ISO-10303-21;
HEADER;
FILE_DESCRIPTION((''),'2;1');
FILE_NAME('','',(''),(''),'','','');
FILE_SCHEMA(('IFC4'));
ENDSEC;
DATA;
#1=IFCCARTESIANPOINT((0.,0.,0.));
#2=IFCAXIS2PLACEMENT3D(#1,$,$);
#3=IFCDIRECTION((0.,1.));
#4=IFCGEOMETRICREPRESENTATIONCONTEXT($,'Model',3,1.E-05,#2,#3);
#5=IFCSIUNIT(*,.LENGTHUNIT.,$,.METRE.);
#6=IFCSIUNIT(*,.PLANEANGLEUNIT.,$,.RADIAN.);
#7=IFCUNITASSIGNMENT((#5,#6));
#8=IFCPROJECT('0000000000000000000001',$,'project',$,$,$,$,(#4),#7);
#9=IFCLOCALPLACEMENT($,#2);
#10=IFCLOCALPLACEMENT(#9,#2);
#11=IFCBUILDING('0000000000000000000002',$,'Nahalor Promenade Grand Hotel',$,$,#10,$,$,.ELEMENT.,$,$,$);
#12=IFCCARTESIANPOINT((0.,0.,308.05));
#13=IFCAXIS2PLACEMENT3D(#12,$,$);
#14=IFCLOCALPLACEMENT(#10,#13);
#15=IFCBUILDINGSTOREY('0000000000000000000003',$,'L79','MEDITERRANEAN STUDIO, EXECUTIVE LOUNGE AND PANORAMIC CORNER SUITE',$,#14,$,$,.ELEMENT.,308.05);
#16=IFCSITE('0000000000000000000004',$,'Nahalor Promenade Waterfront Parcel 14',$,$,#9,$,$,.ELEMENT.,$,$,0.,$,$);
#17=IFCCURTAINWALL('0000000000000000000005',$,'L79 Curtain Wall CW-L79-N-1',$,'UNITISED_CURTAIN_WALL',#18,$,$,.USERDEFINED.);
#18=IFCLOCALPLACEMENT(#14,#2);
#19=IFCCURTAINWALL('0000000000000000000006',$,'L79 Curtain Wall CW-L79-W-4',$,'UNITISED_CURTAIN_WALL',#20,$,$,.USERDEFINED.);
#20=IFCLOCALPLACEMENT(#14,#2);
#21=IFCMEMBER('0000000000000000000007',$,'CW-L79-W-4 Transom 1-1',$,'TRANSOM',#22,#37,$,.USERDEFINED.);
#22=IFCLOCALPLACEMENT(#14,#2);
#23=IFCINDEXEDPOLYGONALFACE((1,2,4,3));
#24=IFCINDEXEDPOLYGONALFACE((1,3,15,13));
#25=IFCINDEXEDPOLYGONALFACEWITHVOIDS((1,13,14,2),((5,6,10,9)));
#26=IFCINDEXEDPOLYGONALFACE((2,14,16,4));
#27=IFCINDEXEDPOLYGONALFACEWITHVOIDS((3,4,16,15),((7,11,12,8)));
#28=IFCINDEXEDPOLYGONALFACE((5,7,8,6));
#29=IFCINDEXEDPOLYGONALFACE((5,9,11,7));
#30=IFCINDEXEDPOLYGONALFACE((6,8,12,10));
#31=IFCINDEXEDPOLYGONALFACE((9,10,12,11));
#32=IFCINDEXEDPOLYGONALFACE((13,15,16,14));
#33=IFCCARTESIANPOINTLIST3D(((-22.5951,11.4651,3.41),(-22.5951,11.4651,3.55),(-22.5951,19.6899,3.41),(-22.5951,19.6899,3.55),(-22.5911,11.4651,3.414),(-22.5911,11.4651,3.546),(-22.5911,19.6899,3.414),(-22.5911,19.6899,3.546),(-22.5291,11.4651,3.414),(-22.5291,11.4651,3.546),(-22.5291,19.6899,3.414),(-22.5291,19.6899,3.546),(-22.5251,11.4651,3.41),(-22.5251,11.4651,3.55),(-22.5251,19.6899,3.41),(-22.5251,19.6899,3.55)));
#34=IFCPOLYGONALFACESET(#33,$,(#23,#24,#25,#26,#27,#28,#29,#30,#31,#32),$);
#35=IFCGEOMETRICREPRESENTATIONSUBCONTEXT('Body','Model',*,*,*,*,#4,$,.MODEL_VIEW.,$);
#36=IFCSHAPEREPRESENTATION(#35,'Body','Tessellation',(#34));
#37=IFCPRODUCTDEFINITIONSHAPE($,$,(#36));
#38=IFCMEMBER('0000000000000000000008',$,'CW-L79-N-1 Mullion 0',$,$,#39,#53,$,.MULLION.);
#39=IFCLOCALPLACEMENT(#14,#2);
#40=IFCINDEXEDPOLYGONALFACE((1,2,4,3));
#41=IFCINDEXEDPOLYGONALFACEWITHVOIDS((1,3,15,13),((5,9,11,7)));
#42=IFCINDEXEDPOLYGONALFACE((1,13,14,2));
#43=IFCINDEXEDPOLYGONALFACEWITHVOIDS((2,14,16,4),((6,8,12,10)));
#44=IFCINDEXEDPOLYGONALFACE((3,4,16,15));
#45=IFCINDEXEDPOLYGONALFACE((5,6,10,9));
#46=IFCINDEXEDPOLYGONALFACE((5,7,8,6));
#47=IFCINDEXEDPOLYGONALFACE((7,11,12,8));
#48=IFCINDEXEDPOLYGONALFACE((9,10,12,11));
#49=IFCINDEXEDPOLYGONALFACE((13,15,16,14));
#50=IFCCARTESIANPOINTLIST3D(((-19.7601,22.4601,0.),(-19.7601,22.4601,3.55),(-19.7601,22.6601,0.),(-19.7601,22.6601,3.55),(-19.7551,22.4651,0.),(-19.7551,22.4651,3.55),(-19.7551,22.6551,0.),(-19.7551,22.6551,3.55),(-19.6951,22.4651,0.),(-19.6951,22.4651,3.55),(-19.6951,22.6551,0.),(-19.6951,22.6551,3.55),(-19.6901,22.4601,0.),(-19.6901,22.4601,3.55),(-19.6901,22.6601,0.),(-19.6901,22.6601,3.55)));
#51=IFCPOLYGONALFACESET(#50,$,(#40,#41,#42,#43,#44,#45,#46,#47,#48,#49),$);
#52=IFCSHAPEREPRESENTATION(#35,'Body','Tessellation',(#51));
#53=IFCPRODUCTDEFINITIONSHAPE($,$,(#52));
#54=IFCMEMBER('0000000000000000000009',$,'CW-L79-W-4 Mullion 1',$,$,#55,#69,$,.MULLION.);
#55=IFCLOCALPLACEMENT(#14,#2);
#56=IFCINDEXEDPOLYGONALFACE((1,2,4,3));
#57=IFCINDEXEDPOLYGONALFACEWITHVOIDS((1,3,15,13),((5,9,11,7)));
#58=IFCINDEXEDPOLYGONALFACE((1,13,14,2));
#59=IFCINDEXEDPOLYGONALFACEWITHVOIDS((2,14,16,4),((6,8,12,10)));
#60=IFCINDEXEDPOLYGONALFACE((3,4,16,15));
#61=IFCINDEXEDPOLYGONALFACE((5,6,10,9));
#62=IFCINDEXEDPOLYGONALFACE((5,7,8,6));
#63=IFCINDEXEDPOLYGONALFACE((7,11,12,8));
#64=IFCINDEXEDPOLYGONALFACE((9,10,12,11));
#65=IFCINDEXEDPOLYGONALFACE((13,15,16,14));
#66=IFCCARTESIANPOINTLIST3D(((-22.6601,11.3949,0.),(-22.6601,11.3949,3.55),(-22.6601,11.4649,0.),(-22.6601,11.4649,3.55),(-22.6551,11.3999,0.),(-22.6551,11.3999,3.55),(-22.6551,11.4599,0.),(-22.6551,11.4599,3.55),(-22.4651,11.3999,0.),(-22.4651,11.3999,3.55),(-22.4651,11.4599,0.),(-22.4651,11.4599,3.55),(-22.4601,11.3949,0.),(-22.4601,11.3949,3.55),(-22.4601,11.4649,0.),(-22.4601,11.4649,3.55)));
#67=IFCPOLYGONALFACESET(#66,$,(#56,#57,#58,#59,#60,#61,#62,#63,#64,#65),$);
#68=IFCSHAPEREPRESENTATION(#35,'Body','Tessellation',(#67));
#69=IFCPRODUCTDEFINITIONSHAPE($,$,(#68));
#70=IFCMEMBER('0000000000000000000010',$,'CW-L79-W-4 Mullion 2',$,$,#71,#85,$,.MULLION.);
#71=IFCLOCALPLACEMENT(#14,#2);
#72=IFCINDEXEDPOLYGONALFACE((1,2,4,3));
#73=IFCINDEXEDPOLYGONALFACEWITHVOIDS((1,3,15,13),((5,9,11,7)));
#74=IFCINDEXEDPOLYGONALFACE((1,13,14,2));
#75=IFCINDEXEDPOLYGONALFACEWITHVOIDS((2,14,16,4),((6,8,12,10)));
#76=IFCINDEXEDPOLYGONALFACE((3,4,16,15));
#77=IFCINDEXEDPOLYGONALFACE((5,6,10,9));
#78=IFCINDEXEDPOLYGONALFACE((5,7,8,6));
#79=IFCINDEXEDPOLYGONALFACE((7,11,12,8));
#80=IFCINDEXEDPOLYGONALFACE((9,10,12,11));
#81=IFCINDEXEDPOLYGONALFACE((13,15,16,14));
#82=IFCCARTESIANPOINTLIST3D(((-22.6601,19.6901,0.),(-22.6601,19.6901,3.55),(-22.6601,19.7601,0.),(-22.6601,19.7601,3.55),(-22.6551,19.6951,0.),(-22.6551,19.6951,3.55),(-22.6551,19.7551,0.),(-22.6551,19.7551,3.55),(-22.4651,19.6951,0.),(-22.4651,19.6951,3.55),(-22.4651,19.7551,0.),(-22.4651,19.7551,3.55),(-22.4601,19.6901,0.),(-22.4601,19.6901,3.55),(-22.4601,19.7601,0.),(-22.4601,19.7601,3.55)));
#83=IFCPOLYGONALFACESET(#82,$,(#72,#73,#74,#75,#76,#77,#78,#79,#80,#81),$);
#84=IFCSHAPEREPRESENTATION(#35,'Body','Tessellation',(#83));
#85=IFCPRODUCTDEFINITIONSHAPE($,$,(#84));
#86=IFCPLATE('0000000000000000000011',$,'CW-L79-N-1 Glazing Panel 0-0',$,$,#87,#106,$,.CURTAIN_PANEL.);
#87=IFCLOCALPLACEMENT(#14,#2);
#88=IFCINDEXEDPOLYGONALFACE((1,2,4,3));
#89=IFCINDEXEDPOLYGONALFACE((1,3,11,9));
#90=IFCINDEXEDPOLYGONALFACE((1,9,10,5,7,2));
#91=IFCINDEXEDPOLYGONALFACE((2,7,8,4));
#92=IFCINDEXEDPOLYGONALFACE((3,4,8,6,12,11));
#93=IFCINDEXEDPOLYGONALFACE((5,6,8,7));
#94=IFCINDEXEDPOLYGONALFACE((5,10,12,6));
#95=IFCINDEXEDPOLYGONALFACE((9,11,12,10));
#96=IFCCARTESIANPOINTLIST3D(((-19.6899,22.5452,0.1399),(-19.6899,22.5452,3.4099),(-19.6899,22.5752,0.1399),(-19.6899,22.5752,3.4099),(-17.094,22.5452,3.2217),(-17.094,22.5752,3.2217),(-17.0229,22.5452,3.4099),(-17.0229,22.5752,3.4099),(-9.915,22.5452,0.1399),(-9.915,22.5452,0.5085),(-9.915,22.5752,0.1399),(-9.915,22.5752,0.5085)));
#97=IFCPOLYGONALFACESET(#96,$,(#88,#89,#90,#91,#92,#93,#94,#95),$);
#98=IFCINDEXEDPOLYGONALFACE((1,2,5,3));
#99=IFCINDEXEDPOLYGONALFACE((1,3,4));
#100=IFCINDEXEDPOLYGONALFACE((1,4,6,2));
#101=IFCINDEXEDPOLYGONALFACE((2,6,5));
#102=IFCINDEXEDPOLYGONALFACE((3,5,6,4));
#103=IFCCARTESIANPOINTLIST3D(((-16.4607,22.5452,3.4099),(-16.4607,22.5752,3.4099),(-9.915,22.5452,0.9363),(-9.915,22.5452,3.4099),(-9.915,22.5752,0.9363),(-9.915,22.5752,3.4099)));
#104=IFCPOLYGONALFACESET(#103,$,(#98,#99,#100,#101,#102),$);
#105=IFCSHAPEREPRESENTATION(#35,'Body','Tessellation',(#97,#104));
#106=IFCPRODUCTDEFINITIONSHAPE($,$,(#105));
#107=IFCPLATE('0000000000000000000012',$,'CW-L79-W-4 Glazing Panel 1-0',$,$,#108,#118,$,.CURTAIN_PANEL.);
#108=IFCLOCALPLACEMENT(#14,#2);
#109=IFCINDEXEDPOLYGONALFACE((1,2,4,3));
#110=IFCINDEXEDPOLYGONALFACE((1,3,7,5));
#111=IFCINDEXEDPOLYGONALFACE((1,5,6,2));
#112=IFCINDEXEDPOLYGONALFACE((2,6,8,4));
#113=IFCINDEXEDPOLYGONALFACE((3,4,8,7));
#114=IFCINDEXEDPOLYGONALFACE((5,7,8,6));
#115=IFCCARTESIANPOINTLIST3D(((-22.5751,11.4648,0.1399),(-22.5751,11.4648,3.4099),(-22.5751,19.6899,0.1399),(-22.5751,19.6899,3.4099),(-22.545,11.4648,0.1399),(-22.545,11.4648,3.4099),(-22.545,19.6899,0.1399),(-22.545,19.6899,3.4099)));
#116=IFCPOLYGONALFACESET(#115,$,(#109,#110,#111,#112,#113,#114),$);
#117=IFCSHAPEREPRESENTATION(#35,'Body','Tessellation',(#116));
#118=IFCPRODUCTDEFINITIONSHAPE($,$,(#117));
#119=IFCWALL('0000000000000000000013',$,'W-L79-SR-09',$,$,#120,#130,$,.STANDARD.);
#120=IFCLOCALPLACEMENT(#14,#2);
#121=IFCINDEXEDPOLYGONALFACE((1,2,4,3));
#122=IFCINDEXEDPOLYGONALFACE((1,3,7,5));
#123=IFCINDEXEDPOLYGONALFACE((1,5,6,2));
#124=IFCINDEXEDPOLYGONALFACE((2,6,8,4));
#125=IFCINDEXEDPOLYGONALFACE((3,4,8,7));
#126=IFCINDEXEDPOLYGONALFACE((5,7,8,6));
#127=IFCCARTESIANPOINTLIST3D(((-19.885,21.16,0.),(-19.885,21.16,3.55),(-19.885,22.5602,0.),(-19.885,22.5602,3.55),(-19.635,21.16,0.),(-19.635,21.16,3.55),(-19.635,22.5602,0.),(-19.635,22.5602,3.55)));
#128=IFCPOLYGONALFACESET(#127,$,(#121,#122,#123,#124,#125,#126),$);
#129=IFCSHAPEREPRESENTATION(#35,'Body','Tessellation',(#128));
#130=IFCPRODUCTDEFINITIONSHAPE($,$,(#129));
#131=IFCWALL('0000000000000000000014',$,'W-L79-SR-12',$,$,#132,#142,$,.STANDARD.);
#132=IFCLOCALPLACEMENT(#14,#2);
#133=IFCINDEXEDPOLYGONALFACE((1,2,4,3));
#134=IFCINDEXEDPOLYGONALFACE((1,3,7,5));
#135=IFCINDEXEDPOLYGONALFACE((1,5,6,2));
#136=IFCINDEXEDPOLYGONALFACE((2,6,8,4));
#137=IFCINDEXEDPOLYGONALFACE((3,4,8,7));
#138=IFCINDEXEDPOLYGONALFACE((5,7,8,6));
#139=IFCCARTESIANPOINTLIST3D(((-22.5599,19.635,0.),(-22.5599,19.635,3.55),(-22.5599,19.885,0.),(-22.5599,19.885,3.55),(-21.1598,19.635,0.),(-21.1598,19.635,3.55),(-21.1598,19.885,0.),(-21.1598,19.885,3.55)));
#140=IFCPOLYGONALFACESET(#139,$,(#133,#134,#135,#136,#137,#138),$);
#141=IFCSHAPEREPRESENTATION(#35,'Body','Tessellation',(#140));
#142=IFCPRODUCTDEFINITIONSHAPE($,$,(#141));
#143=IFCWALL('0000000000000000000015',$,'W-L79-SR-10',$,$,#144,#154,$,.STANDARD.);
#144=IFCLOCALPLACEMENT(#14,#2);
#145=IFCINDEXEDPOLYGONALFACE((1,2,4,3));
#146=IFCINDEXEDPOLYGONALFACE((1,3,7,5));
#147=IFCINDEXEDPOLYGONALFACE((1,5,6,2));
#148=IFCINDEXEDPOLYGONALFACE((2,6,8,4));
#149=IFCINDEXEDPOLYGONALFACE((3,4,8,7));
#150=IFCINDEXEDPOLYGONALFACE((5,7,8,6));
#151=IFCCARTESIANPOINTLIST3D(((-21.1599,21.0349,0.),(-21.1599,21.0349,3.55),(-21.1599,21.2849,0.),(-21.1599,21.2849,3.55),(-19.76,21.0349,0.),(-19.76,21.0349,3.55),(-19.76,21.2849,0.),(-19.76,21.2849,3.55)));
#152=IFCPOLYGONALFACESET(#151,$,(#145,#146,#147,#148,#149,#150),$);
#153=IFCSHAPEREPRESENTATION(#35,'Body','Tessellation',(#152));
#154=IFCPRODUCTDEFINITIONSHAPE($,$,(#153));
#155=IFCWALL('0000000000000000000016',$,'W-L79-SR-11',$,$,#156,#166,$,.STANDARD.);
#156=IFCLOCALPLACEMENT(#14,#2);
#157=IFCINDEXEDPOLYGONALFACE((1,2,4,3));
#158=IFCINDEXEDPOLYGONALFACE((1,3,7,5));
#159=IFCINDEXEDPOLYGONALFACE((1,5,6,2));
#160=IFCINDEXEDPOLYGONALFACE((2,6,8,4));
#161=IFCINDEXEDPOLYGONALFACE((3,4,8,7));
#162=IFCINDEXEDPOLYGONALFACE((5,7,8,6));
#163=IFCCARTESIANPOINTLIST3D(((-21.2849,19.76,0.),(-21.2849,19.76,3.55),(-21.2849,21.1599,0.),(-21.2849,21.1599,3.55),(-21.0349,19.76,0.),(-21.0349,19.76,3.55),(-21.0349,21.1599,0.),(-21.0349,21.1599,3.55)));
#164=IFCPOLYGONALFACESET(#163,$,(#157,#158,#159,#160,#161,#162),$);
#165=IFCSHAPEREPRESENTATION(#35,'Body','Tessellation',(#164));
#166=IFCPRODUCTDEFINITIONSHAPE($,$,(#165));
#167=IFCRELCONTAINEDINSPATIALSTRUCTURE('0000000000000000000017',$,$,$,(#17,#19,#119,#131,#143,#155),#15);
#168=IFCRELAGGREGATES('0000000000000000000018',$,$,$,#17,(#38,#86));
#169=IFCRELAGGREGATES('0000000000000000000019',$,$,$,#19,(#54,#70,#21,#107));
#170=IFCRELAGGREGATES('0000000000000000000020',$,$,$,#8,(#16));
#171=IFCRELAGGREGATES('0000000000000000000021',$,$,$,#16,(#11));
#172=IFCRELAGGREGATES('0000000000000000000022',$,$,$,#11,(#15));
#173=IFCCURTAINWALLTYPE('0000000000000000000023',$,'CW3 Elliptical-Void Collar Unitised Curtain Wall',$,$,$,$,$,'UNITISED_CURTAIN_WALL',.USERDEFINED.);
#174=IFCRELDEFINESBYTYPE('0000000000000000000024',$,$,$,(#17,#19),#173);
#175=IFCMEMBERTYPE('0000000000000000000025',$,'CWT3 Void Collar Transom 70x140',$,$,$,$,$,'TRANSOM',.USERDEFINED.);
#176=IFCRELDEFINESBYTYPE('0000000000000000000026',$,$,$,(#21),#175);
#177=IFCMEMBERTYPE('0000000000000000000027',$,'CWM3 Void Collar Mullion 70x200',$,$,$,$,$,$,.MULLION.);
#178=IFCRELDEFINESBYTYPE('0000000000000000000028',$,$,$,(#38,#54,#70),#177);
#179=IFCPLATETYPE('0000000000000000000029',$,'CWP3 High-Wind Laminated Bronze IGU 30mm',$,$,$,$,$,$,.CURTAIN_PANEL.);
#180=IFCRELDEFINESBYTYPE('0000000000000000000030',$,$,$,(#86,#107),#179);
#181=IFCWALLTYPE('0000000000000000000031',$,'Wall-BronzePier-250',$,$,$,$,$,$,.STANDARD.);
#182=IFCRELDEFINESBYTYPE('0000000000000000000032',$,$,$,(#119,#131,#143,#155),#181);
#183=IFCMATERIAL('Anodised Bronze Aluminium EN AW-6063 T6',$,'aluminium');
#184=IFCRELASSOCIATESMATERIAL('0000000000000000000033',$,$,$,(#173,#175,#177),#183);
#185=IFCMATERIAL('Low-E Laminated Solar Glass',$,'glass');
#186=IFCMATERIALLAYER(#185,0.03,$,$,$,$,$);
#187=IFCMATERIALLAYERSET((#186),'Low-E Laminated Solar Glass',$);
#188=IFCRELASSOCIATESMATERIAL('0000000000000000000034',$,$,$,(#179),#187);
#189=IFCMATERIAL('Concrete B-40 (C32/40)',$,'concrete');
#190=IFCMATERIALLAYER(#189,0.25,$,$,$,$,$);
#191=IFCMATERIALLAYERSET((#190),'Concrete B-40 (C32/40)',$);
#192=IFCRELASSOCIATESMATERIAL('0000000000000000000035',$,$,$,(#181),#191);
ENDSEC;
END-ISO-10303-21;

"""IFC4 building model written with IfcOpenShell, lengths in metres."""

from ifc_helpers import new_model, si_unit, direction, frame, frame_2d, origin, origin_2d, place, context, subcontext, project, spatial, polyline, rectangle, hollow_rectangle, outline, extrude, source, transform, mapped, material, layer, layer_set, material_profile, profile_set, type_object, element, aggregate, save


model = new_model("IFC4")

# Units and contexts
model_context = context("Model", 3, precision=1e-05, world=origin(), true_north=direction((0.0, 1.0)))
body_context = subcontext(model_context, "Body", "Model", "MODEL_VIEW")
ifc_project = project(units=[si_unit("LENGTHUNIT", "METRE"), si_unit("PLANEANGLEUNIT", "RADIAN")], contexts=[model_context])

# Site, building, storey
site_placement = place(None, origin())
site = spatial("IfcSite", under=ifc_project, at=site_placement, Name="Nahalor Promenade Waterfront Parcel 14", CompositionType="ELEMENT", RefElevation=0.0)
building_placement = place(site_placement, origin())
building = spatial("IfcBuilding", under=site, at=building_placement, Name="Nahalor Promenade Grand Hotel", CompositionType="ELEMENT")
storey_placement = place(building_placement, frame((0.0, 0.0, 308.05)))
storey = spatial("IfcBuildingStorey", under=building, at=storey_placement, Name="L79", Description="MEDITERRANEAN STUDIO, EXECUTIVE LOUNGE AND PANORAMIC CORNER SUITE", CompositionType="ELEMENT", Elevation=308.05)

# Curtain walls, member
ifc_material_1 = material(Name="Anodised Bronze Aluminium EN AW-6063 T6", Category="aluminium")
curtain_wall_type = type_object("IfcCurtainWallType", Name="CW3 Elliptical-Void Collar Unitised Curtain Wall", ElementType="UNITISED_CURTAIN_WALL", PredefinedType="USERDEFINED", material=ifc_material_1)
curtain_wall_1_placement = place(storey_placement, origin())
curtain_wall_1 = element("IfcCurtainWall", 1, at=curtain_wall_1_placement, inside=storey, type_object=curtain_wall_type, Name="L79 Curtain Wall CW-L79-N-1", ObjectType="UNITISED_CURTAIN_WALL", PredefinedType="USERDEFINED")
ifc_material_profile_1 = material_profile(ifc_material_1, hollow_rectangle(XDim=0.07, YDim=0.14, WallThickness=0.004, at=origin_2d()), Name="CWT 70x140x4")
ifc_profile_set_1 = profile_set([ifc_material_profile_1], Name="Anodised Bronze Aluminium EN AW-6063 T6")
member_type_1 = type_object("IfcMemberType", Name="CWT3 Void Collar Transom 70x140", ElementType="TRANSOM", PredefinedType="USERDEFINED", material=ifc_profile_set_1)
curtain_wall_2_placement = place(storey_placement, origin())
curtain_wall_2 = element("IfcCurtainWall", 2, at=curtain_wall_2_placement, inside=storey, type_object=curtain_wall_type, Name="L79 Curtain Wall CW-L79-W-4", ObjectType="UNITISED_CURTAIN_WALL", PredefinedType="USERDEFINED")
shared_shape_1 = source(origin(), body_context, "Body", "SweptSolid", [
    extrude(hollow_rectangle(XDim=0.07, YDim=0.14, WallThickness=0.004, at=origin_2d()), origin(), (0.0, 0.0, 1.0), 8.2249),
])
member_1_placement = place(storey_placement, frame((-22.5601, 11.4651, 3.48), z_axis=(0.0, 1.0, 0.0), x_axis=(-1.0, 0.0, 0.0)))
member_1 = element("IfcMember", 3, at=member_1_placement, type_object=member_type_1, Name="CW-L79-W-4 Transom 1-1", ObjectType="TRANSOM", PredefinedType="USERDEFINED", context=body_context, shape_type="MappedRepresentation", body=[
    mapped(shared_shape_1, transform((0.0, 0.0, 0.0), scale=1.0)),
])

# Members
ifc_material_profile_2 = material_profile(ifc_material_1, hollow_rectangle(XDim=0.07, YDim=0.2, WallThickness=0.005, at=origin_2d()), Name="CWM 70x200x5")
ifc_profile_set_2 = profile_set([ifc_material_profile_2], Name="Anodised Bronze Aluminium EN AW-6063 T6")
member_type_2 = type_object("IfcMemberType", Name="CWM3 Void Collar Mullion 70x200", PredefinedType="MULLION", material=ifc_profile_set_2)
shared_shape_2 = source(origin(), body_context, "Body", "SweptSolid", [
    extrude(hollow_rectangle(XDim=0.07, YDim=0.2, WallThickness=0.005, at=origin_2d()), origin(), (0.0, 0.0, 1.0), 3.55),
])
member_2_placement = place(storey_placement, frame((-19.7251, 22.5601, 0.0), z_axis=(0.0, 0.0, 1.0), x_axis=(1.0, 0.0, 0.0)))
member_2 = element("IfcMember", 4, at=member_2_placement, type_object=member_type_2, Name="CW-L79-N-1 Mullion 0", PredefinedType="MULLION", context=body_context, shape_type="MappedRepresentation", body=[
    mapped(shared_shape_2, transform((0.0, 0.0, 0.0), scale=1.0)),
])
member_3_placement = place(storey_placement, frame((-22.5601, 11.4299, 0.0), z_axis=(0.0, 0.0, 1.0), x_axis=(0.0, 1.0, 0.0)))
member_3 = element("IfcMember", 5, at=member_3_placement, type_object=member_type_2, Name="CW-L79-W-4 Mullion 1", PredefinedType="MULLION", context=body_context, shape_type="MappedRepresentation", body=[
    mapped(shared_shape_2, transform((0.0, 0.0, 0.0), scale=1.0)),
])
member_4_placement = place(storey_placement, frame((-22.5601, 19.7251, 0.0), z_axis=(0.0, 0.0, 1.0), x_axis=(0.0, 1.0, 0.0)))
member_4 = element("IfcMember", 6, at=member_4_placement, type_object=member_type_2, Name="CW-L79-W-4 Mullion 2", PredefinedType="MULLION", context=body_context, shape_type="MappedRepresentation", body=[
    mapped(shared_shape_2, transform((0.0, 0.0, 0.0), scale=1.0)),
])

# Plates
ifc_material_2 = material(Name="Low-E Laminated Solar Glass", Category="glass")
ifc_layer_1 = layer(ifc_material_2, 0.03)
ifc_layer_set_1 = layer_set([ifc_layer_1], Name="Low-E Laminated Solar Glass")
plate_type = type_object("IfcPlateType", Name="CWP3 High-Wind Laminated Bronze IGU 30mm", PredefinedType="CURTAIN_PANEL", material=ifc_layer_set_1)
plate_1_placement = place(storey_placement, frame((-14.8025, 22.5601, 0.1399), z_axis=(0.0, 0.0, 1.0), x_axis=(1.0, 0.0, 0.0)))
plate_1 = element("IfcPlate", 7, at=plate_1_placement, type_object=plate_type, Name="CW-L79-N-1 Glazing Panel 0-0", PredefinedType="CURTAIN_PANEL", context=body_context, shape_type="SweptSolid", body=[
    extrude(outline(polyline([(-4.8875, 0.0), (4.8875, 0.0), (4.8875, 0.3687), (-2.2915, 3.0818), (-2.2205, 3.27), (-4.8875, 3.27), (-4.8875, 0.0)])), frame((0.0, 0.0151, 0.0), z_axis=(0.0, -1.0, 0.0), x_axis=(1.0, 0.0, 0.0)), (0.0, 0.0, 1.0), 0.03),
    extrude(outline(polyline([(4.8875, 0.7964), (4.8875, 3.27), (-1.6582, 3.27), (4.8875, 0.7964)])), frame((0.0, 0.0151, 0.0), z_axis=(0.0, -1.0, 0.0), x_axis=(1.0, 0.0, 0.0)), (0.0, 0.0, 1.0), 0.03),
])
aggregate(curtain_wall_1, [member_2, plate_1])
shared_shape_3 = source(origin(), body_context, "Body", "SweptSolid", [
    extrude(rectangle(XDim=8.2251, YDim=0.03, at=origin_2d()), origin(), (0.0, 0.0, 1.0), 3.27),
])
plate_2_placement = place(storey_placement, frame((-22.5601, 15.5774, 0.1399), z_axis=(0.0, 0.0, 1.0), x_axis=(0.0, 1.0, 0.0)))
plate_2 = element("IfcPlate", 8, at=plate_2_placement, type_object=plate_type, Name="CW-L79-W-4 Glazing Panel 1-0", PredefinedType="CURTAIN_PANEL", context=body_context, shape_type="MappedRepresentation", body=[
    mapped(shared_shape_3, transform((0.0, 0.0, 0.0), scale=1.0)),
])
aggregate(curtain_wall_2, [member_3, member_4, member_1, plate_2])

# Walls
ifc_material_3 = material(Name="Concrete B-40 (C32/40)", Category="concrete")
ifc_layer_2 = layer(ifc_material_3, 0.25)
ifc_layer_set_2 = layer_set([ifc_layer_2], Name="Concrete B-40 (C32/40)")
wall_type = type_object("IfcWallType", Name="Wall-BronzePier-250", PredefinedType="STANDARD", material=ifc_layer_set_2)
shared_shape_4 = source(origin(), body_context, "Body", "SweptSolid", [
    extrude(rectangle(XDim=1.4001, YDim=0.25, at=frame_2d((0.7002, 0.0))), origin(), (0.0, 0.0, 1.0), 3.55),
])
for number, where, z_axis, x_axis, name in (
    (9, (-19.76, 21.1599, 0.0), (0.0, 0.0, 1.0), (0.0, 1.0, 0.0), "W-L79-SR-09"),
    (10, (-22.5601, 19.76, 0.0), (0.0, 0.0, 1.0), (1.0, 0.0, 0.0), "W-L79-SR-12"),
):
    element("IfcWall", number, at=place(storey_placement, frame(where, z_axis=z_axis, x_axis=x_axis)), inside=storey, type_object=wall_type, Name=name, PredefinedType="STANDARD", context=body_context, shape_type="MappedRepresentation", body=[
        mapped(shared_shape_4, transform((0.0, 0.0, 0.0), scale=1.0)),
    ])
shared_shape_5 = source(origin(), body_context, "Body", "SweptSolid", [
    extrude(rectangle(XDim=1.3999, YDim=0.25, at=frame_2d((0.7, 0.0))), origin(), (0.0, 0.0, 1.0), 3.55),
])
for number, where, z_axis, x_axis, name in (
    (11, (-21.1599, 21.1599, 0.0), (0.0, 0.0, 1.0), (1.0, 0.0, 0.0), "W-L79-SR-10"),
    (12, (-21.1599, 19.76, 0.0), (0.0, 0.0, 1.0), (0.0, 1.0, 0.0), "W-L79-SR-11"),
):
    element("IfcWall", number, at=place(storey_placement, frame(where, z_axis=z_axis, x_axis=x_axis)), inside=storey, type_object=wall_type, Name=name, PredefinedType="STANDARD", context=body_context, shape_type="MappedRepresentation", body=[
        mapped(shared_shape_5, transform((0.0, 0.0, 0.0), scale=1.0)),
    ])

save(model, "model.ifc")
